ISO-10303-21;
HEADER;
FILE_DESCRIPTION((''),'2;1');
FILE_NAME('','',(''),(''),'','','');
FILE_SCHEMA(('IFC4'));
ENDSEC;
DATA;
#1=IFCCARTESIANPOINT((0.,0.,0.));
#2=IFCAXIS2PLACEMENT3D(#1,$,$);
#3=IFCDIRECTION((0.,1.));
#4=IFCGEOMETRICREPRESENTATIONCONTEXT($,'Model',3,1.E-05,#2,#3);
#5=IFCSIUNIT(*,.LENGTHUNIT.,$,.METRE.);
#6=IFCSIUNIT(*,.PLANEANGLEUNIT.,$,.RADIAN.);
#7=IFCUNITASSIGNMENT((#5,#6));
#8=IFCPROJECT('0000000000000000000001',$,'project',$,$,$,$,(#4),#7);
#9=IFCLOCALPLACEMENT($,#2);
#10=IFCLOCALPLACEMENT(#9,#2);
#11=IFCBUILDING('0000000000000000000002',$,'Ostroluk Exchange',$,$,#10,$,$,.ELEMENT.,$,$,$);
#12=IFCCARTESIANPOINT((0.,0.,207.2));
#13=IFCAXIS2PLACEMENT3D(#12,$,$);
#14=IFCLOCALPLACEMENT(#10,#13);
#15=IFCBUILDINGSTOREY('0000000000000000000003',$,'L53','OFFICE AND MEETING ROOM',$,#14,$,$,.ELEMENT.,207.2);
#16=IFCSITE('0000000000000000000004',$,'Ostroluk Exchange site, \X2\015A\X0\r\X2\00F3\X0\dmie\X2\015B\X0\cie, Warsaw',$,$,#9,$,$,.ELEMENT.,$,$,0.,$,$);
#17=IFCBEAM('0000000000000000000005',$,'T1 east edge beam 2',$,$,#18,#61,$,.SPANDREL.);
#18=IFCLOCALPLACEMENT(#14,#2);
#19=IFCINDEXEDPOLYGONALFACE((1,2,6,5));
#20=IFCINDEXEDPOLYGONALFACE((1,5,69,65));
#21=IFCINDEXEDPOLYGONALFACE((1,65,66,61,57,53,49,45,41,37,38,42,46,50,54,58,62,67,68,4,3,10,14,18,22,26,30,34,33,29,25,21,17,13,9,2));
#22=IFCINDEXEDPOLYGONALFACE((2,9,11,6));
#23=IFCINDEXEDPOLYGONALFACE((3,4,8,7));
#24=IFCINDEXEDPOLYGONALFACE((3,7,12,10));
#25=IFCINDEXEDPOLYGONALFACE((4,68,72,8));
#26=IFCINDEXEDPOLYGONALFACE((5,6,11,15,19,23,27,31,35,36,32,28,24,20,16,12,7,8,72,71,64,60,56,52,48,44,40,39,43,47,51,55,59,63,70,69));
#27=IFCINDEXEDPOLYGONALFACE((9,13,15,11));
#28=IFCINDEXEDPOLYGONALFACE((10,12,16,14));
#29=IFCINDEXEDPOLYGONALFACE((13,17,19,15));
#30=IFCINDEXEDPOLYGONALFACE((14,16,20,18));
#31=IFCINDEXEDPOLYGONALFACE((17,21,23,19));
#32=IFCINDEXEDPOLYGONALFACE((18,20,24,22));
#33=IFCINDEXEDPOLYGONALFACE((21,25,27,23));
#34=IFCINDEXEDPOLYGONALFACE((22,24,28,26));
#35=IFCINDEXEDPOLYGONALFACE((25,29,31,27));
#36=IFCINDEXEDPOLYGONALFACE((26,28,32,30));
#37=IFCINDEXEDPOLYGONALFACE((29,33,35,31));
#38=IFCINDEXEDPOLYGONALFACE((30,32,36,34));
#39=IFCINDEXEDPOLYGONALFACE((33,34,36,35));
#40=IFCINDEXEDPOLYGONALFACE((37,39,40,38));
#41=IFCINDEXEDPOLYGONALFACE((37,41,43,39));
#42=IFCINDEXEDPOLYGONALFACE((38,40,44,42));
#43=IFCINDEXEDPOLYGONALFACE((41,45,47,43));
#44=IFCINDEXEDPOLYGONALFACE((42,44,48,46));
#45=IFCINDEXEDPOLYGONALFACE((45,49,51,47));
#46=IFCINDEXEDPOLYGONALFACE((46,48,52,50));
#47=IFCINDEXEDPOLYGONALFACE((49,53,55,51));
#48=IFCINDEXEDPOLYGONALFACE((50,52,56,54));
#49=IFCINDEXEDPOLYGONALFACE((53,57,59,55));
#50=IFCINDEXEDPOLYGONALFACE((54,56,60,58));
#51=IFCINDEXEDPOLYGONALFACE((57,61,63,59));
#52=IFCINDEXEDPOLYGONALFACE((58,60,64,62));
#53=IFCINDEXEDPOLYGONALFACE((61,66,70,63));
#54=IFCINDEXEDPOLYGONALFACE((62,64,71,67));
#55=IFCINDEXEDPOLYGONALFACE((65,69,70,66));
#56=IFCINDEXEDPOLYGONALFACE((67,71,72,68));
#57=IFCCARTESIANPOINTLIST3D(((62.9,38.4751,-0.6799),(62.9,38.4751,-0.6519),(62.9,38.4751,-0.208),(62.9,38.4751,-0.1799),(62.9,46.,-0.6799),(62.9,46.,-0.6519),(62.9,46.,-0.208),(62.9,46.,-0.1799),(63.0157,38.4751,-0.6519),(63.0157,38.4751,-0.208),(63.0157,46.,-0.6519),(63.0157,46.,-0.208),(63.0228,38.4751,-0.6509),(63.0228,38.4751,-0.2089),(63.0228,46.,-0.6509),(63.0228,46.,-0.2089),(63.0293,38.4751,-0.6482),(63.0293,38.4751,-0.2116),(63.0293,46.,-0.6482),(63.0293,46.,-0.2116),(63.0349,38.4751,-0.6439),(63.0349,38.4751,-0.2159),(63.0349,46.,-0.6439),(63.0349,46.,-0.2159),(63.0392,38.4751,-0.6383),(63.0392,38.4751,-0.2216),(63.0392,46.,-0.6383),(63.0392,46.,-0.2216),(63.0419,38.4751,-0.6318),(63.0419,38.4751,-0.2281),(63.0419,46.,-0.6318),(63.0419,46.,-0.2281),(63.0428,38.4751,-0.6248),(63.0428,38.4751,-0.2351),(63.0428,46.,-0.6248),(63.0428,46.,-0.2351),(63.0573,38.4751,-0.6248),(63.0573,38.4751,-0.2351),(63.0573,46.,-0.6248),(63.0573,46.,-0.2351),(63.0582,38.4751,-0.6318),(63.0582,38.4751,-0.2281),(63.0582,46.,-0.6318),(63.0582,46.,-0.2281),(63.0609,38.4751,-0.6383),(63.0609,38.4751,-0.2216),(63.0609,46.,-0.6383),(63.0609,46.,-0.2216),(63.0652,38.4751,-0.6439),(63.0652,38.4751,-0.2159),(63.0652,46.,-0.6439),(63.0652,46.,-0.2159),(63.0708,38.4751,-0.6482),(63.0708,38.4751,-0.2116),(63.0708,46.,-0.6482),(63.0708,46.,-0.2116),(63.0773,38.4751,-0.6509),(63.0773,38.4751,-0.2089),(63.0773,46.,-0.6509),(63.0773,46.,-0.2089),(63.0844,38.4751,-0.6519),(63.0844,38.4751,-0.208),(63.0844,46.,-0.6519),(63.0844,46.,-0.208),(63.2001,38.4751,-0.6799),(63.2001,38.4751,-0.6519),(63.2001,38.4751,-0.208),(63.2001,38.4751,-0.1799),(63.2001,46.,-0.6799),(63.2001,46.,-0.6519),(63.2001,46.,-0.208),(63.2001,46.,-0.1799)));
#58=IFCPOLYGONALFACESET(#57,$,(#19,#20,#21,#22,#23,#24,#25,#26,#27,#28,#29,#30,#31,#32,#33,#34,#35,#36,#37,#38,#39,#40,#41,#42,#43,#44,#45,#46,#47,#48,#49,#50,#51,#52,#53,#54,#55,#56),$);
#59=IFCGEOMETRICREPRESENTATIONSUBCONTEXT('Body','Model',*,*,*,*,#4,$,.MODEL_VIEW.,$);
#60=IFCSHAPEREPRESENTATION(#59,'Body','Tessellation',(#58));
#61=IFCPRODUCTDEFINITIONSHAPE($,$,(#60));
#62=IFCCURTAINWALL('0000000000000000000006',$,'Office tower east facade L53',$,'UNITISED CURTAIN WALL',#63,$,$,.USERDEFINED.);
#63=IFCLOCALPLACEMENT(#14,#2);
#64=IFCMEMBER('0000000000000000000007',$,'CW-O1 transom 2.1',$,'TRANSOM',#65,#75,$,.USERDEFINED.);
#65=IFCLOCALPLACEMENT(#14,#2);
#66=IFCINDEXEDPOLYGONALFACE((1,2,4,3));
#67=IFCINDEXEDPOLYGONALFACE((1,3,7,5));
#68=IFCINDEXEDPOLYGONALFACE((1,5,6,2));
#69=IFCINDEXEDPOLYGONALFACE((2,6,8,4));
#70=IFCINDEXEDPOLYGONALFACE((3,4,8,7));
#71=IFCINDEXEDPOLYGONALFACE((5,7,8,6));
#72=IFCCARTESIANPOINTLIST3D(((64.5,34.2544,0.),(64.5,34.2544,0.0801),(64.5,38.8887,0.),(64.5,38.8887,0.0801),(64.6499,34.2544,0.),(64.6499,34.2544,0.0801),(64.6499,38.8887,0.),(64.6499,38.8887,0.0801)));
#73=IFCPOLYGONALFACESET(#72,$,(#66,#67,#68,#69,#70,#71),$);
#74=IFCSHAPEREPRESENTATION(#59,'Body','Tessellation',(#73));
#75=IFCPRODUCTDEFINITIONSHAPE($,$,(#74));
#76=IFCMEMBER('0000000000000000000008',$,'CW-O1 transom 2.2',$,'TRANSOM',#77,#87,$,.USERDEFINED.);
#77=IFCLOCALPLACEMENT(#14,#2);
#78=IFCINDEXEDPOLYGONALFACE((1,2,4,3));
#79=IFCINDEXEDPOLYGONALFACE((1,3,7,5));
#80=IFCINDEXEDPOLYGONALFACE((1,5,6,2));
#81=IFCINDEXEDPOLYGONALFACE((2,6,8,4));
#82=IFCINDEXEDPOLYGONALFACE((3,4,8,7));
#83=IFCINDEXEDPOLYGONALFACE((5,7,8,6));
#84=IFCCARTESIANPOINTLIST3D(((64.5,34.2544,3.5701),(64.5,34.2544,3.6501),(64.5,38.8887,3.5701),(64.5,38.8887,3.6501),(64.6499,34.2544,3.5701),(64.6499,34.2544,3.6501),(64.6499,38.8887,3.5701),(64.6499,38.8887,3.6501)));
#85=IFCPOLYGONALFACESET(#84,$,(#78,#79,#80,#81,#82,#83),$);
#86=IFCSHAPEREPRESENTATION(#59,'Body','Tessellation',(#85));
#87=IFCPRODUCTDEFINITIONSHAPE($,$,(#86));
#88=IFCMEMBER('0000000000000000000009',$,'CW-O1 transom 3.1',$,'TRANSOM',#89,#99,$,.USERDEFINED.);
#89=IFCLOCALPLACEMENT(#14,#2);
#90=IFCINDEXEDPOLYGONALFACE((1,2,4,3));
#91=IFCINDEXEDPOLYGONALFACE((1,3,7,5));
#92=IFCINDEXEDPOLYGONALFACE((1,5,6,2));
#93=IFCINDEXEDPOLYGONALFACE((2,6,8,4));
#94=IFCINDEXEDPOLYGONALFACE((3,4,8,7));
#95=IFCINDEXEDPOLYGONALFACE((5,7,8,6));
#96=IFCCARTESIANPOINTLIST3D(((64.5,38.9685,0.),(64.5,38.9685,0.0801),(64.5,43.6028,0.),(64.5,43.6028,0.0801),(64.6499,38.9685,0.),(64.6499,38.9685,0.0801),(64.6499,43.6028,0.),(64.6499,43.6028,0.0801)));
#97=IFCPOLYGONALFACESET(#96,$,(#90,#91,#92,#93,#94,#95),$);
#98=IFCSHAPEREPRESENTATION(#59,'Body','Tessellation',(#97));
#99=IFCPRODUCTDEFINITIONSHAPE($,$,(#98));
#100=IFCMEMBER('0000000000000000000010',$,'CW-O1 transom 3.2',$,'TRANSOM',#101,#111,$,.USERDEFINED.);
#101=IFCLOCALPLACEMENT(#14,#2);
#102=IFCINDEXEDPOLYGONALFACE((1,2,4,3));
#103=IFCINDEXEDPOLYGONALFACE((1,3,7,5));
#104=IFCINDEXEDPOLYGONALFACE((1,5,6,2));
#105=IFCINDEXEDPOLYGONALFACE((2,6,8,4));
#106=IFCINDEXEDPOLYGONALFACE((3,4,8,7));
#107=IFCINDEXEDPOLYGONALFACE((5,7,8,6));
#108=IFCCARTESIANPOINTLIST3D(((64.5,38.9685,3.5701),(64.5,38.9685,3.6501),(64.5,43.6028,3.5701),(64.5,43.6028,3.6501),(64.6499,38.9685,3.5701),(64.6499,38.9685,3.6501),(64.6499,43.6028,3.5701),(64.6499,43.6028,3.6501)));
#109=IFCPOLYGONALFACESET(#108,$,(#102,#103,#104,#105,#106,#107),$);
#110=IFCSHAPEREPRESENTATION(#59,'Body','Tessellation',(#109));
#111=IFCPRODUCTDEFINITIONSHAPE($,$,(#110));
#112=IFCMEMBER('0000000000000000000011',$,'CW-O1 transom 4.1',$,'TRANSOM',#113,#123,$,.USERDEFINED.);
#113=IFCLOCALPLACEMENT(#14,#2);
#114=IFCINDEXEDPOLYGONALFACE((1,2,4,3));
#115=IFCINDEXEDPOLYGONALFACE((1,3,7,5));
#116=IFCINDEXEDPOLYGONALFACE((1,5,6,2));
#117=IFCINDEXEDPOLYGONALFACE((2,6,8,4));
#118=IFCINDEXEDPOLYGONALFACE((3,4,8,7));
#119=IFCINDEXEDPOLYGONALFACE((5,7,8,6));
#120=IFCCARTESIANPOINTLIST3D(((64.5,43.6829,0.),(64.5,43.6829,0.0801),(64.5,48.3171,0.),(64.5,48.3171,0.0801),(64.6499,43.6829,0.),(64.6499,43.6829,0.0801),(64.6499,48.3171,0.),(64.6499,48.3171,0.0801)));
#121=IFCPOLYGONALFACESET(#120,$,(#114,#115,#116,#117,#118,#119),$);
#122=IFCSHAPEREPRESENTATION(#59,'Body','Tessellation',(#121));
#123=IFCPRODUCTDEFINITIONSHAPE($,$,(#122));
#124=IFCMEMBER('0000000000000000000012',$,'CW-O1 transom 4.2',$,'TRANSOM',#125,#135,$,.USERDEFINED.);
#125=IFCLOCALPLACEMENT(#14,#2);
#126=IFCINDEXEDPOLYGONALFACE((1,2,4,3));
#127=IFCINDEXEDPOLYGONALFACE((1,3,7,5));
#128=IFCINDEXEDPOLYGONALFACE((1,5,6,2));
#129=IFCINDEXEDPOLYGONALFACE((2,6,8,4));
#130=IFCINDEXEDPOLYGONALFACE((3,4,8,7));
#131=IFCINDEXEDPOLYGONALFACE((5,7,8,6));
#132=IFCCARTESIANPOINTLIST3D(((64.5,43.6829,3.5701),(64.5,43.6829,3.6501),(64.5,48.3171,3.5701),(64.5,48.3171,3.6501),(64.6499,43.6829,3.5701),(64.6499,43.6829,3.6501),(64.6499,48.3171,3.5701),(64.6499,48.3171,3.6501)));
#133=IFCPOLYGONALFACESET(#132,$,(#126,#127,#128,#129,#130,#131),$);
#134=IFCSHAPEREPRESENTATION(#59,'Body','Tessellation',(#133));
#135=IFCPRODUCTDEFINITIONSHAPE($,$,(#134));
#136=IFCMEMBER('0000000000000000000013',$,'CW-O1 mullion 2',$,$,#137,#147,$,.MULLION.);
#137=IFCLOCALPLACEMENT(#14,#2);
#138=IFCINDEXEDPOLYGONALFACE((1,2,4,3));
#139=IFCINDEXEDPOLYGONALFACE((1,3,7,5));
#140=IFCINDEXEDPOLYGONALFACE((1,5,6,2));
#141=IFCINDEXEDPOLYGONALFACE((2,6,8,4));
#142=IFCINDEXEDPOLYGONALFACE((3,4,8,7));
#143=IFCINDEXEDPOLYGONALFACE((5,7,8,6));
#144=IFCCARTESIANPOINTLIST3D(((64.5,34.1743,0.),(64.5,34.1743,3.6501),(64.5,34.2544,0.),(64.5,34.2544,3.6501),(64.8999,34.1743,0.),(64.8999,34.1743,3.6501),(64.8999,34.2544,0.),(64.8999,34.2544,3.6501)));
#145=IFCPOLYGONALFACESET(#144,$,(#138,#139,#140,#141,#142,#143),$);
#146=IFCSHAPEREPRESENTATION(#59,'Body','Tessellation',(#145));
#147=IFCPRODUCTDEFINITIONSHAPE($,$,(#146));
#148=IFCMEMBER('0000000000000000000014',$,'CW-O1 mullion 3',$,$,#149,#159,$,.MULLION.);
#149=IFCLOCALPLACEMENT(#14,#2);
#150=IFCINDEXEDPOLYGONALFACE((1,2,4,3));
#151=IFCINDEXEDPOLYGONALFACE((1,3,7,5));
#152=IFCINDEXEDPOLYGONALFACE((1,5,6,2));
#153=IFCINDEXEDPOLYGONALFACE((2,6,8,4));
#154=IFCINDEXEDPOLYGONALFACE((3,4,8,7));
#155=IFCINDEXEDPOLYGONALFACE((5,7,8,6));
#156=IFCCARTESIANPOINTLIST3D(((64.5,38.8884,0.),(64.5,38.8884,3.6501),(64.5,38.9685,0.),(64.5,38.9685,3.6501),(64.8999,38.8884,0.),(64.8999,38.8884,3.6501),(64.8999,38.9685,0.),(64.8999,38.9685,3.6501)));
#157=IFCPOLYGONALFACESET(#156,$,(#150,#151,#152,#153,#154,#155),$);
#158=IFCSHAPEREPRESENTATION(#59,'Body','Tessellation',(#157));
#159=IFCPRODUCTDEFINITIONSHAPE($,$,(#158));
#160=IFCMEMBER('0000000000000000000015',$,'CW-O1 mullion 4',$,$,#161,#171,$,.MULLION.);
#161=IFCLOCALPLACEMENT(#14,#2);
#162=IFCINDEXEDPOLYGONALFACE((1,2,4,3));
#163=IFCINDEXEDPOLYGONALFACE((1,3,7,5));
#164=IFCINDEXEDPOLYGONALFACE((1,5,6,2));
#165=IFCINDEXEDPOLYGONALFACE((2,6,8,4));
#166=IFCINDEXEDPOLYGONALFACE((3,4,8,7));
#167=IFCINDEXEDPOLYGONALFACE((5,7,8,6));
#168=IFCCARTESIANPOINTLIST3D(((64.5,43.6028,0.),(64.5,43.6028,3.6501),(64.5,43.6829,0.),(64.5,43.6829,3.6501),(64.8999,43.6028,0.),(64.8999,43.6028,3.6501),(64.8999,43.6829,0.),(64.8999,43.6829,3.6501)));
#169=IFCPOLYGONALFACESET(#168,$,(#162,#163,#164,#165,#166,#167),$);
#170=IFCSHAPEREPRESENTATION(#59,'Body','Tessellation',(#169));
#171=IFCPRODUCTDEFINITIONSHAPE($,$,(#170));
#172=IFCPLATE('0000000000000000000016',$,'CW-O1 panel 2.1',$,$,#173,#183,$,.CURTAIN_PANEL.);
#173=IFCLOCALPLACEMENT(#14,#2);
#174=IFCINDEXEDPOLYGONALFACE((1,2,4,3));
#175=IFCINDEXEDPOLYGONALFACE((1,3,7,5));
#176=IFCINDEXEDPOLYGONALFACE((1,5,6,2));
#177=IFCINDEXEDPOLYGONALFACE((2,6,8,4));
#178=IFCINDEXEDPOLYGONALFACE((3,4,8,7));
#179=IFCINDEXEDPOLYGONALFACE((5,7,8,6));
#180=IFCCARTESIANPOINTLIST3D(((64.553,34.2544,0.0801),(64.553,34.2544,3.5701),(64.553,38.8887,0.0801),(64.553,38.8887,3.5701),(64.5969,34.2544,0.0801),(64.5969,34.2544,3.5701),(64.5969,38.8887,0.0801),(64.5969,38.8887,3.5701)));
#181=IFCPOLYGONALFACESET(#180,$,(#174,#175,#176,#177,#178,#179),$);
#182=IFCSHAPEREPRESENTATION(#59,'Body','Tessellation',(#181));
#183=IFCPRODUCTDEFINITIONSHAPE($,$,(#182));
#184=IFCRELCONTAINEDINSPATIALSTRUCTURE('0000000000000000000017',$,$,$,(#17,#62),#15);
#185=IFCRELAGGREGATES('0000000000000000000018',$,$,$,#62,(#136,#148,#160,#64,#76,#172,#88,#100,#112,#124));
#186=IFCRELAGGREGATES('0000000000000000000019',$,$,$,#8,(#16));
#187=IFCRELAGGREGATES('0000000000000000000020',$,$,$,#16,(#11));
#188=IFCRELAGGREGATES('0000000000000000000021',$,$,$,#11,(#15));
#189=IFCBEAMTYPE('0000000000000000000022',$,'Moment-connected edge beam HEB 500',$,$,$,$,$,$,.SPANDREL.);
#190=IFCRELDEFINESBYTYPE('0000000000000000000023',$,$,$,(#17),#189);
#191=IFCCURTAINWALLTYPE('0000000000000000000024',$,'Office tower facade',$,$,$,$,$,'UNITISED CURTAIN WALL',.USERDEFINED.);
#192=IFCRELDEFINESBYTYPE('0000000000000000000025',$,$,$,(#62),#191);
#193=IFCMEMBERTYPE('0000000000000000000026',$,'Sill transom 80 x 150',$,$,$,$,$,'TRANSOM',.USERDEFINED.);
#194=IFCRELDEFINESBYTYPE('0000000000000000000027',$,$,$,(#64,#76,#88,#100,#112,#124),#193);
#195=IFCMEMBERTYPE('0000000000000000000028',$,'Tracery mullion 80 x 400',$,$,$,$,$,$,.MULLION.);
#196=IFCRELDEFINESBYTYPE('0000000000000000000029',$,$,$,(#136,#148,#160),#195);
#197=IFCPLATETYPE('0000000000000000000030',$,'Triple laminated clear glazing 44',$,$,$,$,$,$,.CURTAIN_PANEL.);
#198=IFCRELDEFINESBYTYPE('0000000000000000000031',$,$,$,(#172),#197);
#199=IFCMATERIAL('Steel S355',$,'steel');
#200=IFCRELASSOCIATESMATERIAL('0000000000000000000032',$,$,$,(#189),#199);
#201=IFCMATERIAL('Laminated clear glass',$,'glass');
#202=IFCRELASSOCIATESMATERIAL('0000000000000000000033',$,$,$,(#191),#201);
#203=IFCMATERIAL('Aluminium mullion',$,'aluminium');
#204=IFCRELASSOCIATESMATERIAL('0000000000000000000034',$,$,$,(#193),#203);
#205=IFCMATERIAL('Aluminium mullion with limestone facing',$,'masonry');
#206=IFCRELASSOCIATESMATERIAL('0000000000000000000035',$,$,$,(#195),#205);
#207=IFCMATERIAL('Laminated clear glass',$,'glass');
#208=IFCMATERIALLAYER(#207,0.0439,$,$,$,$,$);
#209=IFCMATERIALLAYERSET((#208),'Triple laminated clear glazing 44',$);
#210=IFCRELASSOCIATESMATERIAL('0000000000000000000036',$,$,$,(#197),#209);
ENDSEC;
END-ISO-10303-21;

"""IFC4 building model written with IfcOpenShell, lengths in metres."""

from ifc_helpers import new_model, si_unit, direction, frame, origin, origin_2d, place, context, subcontext, project, spatial, rectangle, i_section, extrude, material, layer, layer_set, material_profile, profile_set, type_object, element, aggregate, save


model = new_model("IFC4")

# Units and contexts
model_context = context("Model", 3, precision=1e-05, world=origin(), true_north=direction((0.0, 1.0)))
body_context = subcontext(model_context, "Body", "Model", "MODEL_VIEW")
ifc_project = project(units=[si_unit("LENGTHUNIT", "METRE"), si_unit("PLANEANGLEUNIT", "RADIAN")], contexts=[model_context])

# Site, building, storey
site_placement = place(None, origin())
site = spatial("IfcSite", under=ifc_project, at=site_placement, Name="Ostroluk Exchange site, Śródmieście, Warsaw", CompositionType="ELEMENT", RefElevation=0.0)
building_placement = place(site_placement, origin())
building = spatial("IfcBuilding", under=site, at=building_placement, Name="Ostroluk Exchange", CompositionType="ELEMENT")
storey_placement = place(building_placement, frame((0.0, 0.0, 207.2)))
storey = spatial("IfcBuildingStorey", under=building, at=storey_placement, Name="L53", Description="OFFICE AND MEETING ROOM", CompositionType="ELEMENT", Elevation=207.2)

# Beam
ifc_material_1 = material(Name="Steel S355", Category="steel")
ifc_material_profile_1 = material_profile(ifc_material_1, i_section(OverallWidth=0.3, OverallDepth=0.5, WebThickness=0.0144, FlangeThickness=0.0281, FilletRadius=0.0271, at=origin_2d()), Name="HEB 500")
ifc_profile_set_1 = profile_set([ifc_material_profile_1], Name="Steel S355")
beam_type_1 = type_object("IfcBeamType", Name="Moment-connected edge beam HEB 500", PredefinedType="SPANDREL", material=ifc_profile_set_1)
beam_1_placement = place(storey_placement, frame((63.05, 38.4751, -0.4299), z_axis=(0.0, 1.0, 0.0), x_axis=(-1.0, 0.0, 0.0)))
element("IfcBeam", 1, at=beam_1_placement, inside=storey, type_object=beam_type_1, Name="T1 east edge beam 2", PredefinedType="SPANDREL", context=body_context, shape_type="SweptSolid", body=[
    extrude(i_section(OverallWidth=0.3, OverallDepth=0.5, WebThickness=0.0144, FlangeThickness=0.0281, FilletRadius=0.0271, at=origin_2d()), origin(), (0.0, 0.0, 1.0), 7.5249),
])

# Curtain wall, members, plate
ifc_material_2 = material(Name="Laminated clear glass", Category="glass")
curtain_wall_type = type_object("IfcCurtainWallType", Name="Office tower facade", ElementType="UNITISED CURTAIN WALL", PredefinedType="USERDEFINED", material=ifc_material_2)
curtain_wall_placement = place(storey_placement, origin())
curtain_wall = element("IfcCurtainWall", 2, at=curtain_wall_placement, inside=storey, type_object=curtain_wall_type, Name="Office tower east facade L53", ObjectType="UNITISED CURTAIN WALL", PredefinedType="USERDEFINED")
ifc_material_3 = material(Name="Aluminium mullion", Category="aluminium")
ifc_material_profile_2 = material_profile(ifc_material_3, rectangle(XDim=0.1499, YDim=0.0801, at=origin_2d()), Name="Sill transom 80 x 150")
ifc_profile_set_2 = profile_set([ifc_material_profile_2], Name="Aluminium mullion")
member_type_1 = type_object("IfcMemberType", Name="Sill transom 80 x 150", ElementType="TRANSOM", PredefinedType="USERDEFINED", material=ifc_profile_set_2)
member_1_placement = place(storey_placement, frame((64.575, 34.2544, 0.04), z_axis=(0.0, 1.0, 0.0), x_axis=(-1.0, 0.0, 0.0)))
member_1 = element("IfcMember", 3, at=member_1_placement, type_object=member_type_1, Name="CW-O1 transom 2.1", ObjectType="TRANSOM", PredefinedType="USERDEFINED", context=body_context, shape_type="SweptSolid", body=[
    extrude(rectangle(XDim=0.1499, YDim=0.0801, at=origin_2d()), origin(), (0.0, 0.0, 1.0), 4.6343),
])
member_2_placement = place(storey_placement, frame((64.575, 34.2544, 3.6101), z_axis=(0.0, 1.0, 0.0), x_axis=(-1.0, 0.0, 0.0)))
member_2 = element("IfcMember", 4, at=member_2_placement, type_object=member_type_1, Name="CW-O1 transom 2.2", ObjectType="TRANSOM", PredefinedType="USERDEFINED", context=body_context, shape_type="SweptSolid", body=[
    extrude(rectangle(XDim=0.1499, YDim=0.0801, at=origin_2d()), origin(), (0.0, 0.0, 1.0), 4.6343),
])
member_3_placement = place(storey_placement, frame((64.575, 38.9685, 0.04), z_axis=(0.0, 1.0, 0.0), x_axis=(-1.0, 0.0, 0.0)))
member_3 = element("IfcMember", 5, at=member_3_placement, type_object=member_type_1, Name="CW-O1 transom 3.1", ObjectType="TRANSOM", PredefinedType="USERDEFINED", context=body_context, shape_type="SweptSolid", body=[
    extrude(rectangle(XDim=0.1499, YDim=0.0801, at=origin_2d()), origin(), (0.0, 0.0, 1.0), 4.6343),
])
member_4_placement = place(storey_placement, frame((64.575, 38.9685, 3.6101), z_axis=(0.0, 1.0, 0.0), x_axis=(-1.0, 0.0, 0.0)))
member_4 = element("IfcMember", 6, at=member_4_placement, type_object=member_type_1, Name="CW-O1 transom 3.2", ObjectType="TRANSOM", PredefinedType="USERDEFINED", context=body_context, shape_type="SweptSolid", body=[
    extrude(rectangle(XDim=0.1499, YDim=0.0801, at=origin_2d()), origin(), (0.0, 0.0, 1.0), 4.6343),
])
member_5_placement = place(storey_placement, frame((64.575, 43.6829, 0.04), z_axis=(0.0, 1.0, 0.0), x_axis=(-1.0, 0.0, 0.0)))
member_5 = element("IfcMember", 7, at=member_5_placement, type_object=member_type_1, Name="CW-O1 transom 4.1", ObjectType="TRANSOM", PredefinedType="USERDEFINED", context=body_context, shape_type="SweptSolid", body=[
    extrude(rectangle(XDim=0.1499, YDim=0.0801, at=origin_2d()), origin(), (0.0, 0.0, 1.0), 4.6343),
])
member_6_placement = place(storey_placement, frame((64.575, 43.6829, 3.6101), z_axis=(0.0, 1.0, 0.0), x_axis=(-1.0, 0.0, 0.0)))
member_6 = element("IfcMember", 8, at=member_6_placement, type_object=member_type_1, Name="CW-O1 transom 4.2", ObjectType="TRANSOM", PredefinedType="USERDEFINED", context=body_context, shape_type="SweptSolid", body=[
    extrude(rectangle(XDim=0.1499, YDim=0.0801, at=origin_2d()), origin(), (0.0, 0.0, 1.0), 4.6343),
])
ifc_material_4 = material(Name="Aluminium mullion with limestone facing", Category="masonry")
ifc_material_profile_3 = material_profile(ifc_material_4, rectangle(XDim=0.3999, YDim=0.0801, at=origin_2d()), Name="Tracery mullion 80 x 400")
ifc_profile_set_3 = profile_set([ifc_material_profile_3], Name="Aluminium mullion with limestone facing")
member_type_2 = type_object("IfcMemberType", Name="Tracery mullion 80 x 400", PredefinedType="MULLION", material=ifc_profile_set_3)
member_7_placement = place(storey_placement, frame((64.7, 34.2144, 0.0), z_axis=(0.0, 0.0, 1.0), x_axis=(-1.0, 0.0, 0.0)))
member_7 = element("IfcMember", 9, at=member_7_placement, type_object=member_type_2, Name="CW-O1 mullion 2", PredefinedType="MULLION", context=body_context, shape_type="SweptSolid", body=[
    extrude(rectangle(XDim=0.3999, YDim=0.0801, at=origin_2d()), origin(), (0.0, 0.0, 1.0), 3.6501),
])
member_8_placement = place(storey_placement, frame((64.7, 38.9285, 0.0), z_axis=(0.0, 0.0, 1.0), x_axis=(-1.0, 0.0, 0.0)))
member_8 = element("IfcMember", 10, at=member_8_placement, type_object=member_type_2, Name="CW-O1 mullion 3", PredefinedType="MULLION", context=body_context, shape_type="SweptSolid", body=[
    extrude(rectangle(XDim=0.3999, YDim=0.0801, at=origin_2d()), origin(), (0.0, 0.0, 1.0), 3.6501),
])
member_9_placement = place(storey_placement, frame((64.7, 43.6428, 0.0), z_axis=(0.0, 0.0, 1.0), x_axis=(-1.0, 0.0, 0.0)))
member_9 = element("IfcMember", 11, at=member_9_placement, type_object=member_type_2, Name="CW-O1 mullion 4", PredefinedType="MULLION", context=body_context, shape_type="SweptSolid", body=[
    extrude(rectangle(XDim=0.3999, YDim=0.0801, at=origin_2d()), origin(), (0.0, 0.0, 1.0), 3.6501),
])
ifc_material_5 = material(Name="Laminated clear glass", Category="glass")
ifc_layer_1 = layer(ifc_material_5, 0.0439)
ifc_layer_set_1 = layer_set([ifc_layer_1], Name="Triple laminated clear glazing 44")
plate_type = type_object("IfcPlateType", Name="Triple laminated clear glazing 44", PredefinedType="CURTAIN_PANEL", material=ifc_layer_set_1)
plate_1_placement = place(storey_placement, frame((64.575, 36.5715, 0.0801), z_axis=(0.0, 0.0, 1.0), x_axis=(0.0, 1.0, 0.0)))
plate_1 = element("IfcPlate", 12, at=plate_1_placement, type_object=plate_type, Name="CW-O1 panel 2.1", PredefinedType="CURTAIN_PANEL", context=body_context, shape_type="SweptSolid", body=[
    extrude(rectangle(XDim=4.6343, YDim=0.0439, at=origin_2d()), origin(), (0.0, 0.0, 1.0), 3.49),
])
aggregate(curtain_wall, [member_7, member_8, member_9, member_1, member_2, plate_1, member_3, member_4, member_5, member_6])

save(model, "model.ifc")
